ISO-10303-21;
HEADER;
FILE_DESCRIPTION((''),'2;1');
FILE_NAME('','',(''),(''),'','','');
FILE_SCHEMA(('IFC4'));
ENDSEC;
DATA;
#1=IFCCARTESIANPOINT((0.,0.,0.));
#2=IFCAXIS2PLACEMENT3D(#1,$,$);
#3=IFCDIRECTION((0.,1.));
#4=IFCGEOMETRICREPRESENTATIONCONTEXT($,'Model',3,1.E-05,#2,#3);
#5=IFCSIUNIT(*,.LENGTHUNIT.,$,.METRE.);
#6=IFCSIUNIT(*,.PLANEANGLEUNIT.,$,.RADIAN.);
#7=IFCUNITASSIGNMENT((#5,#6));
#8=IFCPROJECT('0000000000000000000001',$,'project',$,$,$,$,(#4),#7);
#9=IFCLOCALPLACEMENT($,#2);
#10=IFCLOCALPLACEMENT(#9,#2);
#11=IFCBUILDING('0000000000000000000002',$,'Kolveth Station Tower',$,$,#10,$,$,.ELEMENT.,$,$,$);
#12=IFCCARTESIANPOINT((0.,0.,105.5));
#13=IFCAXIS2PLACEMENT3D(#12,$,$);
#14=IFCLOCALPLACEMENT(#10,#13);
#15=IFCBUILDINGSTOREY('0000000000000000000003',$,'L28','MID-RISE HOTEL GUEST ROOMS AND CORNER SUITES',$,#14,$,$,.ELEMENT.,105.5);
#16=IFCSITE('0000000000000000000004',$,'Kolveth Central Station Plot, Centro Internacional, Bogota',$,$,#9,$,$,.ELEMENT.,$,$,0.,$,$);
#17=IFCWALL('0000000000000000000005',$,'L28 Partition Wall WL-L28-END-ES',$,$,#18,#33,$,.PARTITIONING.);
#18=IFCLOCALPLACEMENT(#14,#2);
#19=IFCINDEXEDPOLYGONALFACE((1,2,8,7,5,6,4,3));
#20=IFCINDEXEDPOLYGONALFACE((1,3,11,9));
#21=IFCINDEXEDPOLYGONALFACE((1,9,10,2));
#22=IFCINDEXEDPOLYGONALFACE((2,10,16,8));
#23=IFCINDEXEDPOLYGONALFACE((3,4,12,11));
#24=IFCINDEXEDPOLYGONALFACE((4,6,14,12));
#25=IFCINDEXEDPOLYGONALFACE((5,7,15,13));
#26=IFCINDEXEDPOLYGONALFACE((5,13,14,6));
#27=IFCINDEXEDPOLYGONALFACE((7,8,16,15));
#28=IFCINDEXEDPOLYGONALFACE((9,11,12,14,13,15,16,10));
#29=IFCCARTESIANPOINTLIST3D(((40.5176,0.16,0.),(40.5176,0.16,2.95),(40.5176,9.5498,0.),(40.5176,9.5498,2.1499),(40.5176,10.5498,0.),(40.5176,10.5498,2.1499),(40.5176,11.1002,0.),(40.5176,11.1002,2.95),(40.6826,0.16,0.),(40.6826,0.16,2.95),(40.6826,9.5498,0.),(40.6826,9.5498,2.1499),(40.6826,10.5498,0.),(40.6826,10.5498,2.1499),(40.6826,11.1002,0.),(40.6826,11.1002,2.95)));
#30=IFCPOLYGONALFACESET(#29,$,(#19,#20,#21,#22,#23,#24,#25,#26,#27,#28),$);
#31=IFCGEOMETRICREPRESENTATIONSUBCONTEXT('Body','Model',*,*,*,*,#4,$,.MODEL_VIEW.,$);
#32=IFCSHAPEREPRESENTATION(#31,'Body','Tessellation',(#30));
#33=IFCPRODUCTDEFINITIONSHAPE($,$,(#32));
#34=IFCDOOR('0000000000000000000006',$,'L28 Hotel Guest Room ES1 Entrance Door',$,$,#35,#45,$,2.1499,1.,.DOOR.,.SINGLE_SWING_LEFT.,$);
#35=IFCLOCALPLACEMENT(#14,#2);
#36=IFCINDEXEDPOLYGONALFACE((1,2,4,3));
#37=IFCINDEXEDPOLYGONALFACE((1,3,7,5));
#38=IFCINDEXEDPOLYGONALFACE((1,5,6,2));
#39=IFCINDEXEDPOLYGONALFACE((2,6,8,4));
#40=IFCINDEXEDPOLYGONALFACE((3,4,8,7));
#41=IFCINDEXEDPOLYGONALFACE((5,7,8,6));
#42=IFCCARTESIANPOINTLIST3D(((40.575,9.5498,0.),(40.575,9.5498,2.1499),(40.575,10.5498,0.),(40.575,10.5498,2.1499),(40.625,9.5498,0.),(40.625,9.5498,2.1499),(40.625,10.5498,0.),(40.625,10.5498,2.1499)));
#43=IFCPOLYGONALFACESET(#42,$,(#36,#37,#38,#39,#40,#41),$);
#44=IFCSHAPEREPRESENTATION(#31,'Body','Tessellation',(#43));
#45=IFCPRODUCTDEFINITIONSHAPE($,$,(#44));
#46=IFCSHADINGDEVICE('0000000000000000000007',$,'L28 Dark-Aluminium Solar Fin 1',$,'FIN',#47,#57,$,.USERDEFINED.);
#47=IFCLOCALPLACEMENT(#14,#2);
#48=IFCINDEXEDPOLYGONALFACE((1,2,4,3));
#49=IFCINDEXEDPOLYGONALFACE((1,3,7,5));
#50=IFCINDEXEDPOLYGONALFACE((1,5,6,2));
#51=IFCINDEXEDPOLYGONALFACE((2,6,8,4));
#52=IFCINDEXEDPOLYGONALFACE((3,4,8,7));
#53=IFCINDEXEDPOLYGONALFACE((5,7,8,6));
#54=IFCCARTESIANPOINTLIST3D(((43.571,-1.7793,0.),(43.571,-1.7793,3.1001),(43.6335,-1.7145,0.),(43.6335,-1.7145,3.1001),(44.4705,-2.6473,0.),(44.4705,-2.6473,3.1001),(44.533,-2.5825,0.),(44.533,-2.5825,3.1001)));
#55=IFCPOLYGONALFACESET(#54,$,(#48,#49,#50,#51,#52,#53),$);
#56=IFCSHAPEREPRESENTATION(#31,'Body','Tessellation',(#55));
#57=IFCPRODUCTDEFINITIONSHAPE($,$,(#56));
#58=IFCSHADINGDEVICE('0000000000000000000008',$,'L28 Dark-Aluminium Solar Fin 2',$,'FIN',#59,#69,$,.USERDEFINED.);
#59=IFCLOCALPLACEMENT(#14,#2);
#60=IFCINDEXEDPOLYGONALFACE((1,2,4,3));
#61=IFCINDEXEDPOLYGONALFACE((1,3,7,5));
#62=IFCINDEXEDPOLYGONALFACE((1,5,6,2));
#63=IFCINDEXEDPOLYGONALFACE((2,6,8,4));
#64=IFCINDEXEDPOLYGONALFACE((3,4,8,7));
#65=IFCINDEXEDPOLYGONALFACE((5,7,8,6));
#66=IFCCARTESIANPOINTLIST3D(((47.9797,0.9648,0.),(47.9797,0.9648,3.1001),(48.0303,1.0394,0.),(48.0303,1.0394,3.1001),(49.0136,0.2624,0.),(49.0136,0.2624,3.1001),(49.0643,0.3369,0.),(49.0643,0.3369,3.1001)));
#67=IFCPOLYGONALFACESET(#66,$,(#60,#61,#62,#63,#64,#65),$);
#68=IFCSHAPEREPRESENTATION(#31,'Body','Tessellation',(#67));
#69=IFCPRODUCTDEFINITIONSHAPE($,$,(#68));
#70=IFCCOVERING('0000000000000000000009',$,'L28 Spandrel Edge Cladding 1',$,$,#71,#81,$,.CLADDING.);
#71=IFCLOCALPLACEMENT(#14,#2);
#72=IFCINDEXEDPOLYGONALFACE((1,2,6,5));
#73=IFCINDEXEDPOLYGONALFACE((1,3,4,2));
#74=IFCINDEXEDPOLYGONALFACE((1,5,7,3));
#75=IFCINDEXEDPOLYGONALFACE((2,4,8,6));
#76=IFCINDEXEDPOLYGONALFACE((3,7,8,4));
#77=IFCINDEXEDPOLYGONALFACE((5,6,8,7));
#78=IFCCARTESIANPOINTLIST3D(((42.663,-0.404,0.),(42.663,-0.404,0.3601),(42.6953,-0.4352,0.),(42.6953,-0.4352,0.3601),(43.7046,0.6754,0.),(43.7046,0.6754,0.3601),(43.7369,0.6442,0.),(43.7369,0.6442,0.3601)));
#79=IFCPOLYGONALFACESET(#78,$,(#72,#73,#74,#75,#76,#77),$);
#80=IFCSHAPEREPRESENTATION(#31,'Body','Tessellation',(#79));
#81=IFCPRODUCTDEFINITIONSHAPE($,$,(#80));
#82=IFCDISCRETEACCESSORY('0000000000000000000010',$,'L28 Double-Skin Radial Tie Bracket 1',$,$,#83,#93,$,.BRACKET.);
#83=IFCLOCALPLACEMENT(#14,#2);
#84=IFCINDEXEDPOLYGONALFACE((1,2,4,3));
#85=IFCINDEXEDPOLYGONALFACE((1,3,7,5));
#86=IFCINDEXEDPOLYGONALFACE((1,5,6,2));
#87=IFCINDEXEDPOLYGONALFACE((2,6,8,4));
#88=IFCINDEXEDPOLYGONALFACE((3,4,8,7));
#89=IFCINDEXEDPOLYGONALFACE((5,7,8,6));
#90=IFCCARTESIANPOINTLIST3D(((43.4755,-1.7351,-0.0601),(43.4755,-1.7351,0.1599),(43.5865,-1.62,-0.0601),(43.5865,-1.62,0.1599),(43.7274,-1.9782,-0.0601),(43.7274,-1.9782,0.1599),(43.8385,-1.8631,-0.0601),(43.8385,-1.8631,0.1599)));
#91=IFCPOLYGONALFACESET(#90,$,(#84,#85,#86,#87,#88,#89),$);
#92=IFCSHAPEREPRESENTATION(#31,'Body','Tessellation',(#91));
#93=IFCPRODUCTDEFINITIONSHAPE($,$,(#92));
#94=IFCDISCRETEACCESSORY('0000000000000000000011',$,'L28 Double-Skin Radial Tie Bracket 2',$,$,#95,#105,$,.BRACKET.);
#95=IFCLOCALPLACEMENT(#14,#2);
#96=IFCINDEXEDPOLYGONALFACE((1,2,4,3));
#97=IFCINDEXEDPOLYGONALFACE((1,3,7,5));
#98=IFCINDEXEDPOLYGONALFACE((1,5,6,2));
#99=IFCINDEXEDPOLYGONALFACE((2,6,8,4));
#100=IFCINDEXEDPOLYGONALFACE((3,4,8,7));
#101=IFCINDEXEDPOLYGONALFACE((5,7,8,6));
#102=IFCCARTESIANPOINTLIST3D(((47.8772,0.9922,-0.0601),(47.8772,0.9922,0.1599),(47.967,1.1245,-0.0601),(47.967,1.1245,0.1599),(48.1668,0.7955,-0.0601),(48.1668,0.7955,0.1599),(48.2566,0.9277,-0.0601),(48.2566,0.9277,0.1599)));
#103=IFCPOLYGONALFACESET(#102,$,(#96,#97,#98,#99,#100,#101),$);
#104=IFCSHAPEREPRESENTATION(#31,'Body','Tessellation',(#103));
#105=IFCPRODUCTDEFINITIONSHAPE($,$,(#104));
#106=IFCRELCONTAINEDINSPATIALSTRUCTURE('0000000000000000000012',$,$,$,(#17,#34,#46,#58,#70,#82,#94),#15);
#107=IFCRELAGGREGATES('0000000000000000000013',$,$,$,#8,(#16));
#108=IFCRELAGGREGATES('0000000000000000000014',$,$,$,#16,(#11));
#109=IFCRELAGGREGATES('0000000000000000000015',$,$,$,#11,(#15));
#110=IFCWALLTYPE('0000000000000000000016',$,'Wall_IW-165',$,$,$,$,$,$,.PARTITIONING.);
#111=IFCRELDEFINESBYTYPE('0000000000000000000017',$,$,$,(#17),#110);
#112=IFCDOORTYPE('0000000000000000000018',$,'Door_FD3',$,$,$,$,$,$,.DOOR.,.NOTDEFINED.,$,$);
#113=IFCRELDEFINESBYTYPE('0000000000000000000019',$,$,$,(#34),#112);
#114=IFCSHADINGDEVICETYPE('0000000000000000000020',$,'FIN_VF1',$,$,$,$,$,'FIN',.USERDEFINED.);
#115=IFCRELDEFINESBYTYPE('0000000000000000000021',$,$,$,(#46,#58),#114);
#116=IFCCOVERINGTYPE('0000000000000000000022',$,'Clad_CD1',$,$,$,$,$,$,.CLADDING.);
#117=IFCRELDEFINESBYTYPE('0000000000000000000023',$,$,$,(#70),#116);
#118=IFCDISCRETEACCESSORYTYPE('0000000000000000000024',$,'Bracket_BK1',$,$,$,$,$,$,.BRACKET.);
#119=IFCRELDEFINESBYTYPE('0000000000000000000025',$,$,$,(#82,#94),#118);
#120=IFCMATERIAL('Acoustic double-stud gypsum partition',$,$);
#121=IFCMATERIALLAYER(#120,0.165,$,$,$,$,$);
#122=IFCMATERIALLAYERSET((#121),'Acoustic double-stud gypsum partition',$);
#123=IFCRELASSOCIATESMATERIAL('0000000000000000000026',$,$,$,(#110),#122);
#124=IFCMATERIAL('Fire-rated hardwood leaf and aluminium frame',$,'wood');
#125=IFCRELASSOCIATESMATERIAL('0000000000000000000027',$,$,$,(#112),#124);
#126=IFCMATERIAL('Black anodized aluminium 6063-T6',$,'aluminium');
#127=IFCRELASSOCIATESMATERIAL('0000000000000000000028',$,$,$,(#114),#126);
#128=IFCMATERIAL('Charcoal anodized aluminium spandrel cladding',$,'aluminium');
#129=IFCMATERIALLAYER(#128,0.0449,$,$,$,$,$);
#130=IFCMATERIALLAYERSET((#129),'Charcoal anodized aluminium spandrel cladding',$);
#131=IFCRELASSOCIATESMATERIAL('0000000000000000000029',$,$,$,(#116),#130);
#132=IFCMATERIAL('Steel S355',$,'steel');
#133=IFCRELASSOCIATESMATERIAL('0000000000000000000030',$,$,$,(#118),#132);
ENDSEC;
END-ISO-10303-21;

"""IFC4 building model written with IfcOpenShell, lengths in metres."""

from ifc_helpers import new_model, si_unit, direction, frame, frame_2d, origin, origin_2d, place, context, subcontext, project, spatial, rectangle, extrude, source, transform, mapped, material, layer, layer_set, type_object, element, fill, save


model = new_model("IFC4")

# Units and contexts
model_context = context("Model", 3, precision=1e-05, world=origin(), true_north=direction((0.0, 1.0)))
body_context = subcontext(model_context, "Body", "Model", "MODEL_VIEW")
ifc_project = project(units=[si_unit("LENGTHUNIT", "METRE"), si_unit("PLANEANGLEUNIT", "RADIAN")], contexts=[model_context])

# Site, building, storey
site_placement = place(None, origin())
site = spatial("IfcSite", under=ifc_project, at=site_placement, Name="Kolveth Central Station Plot, Centro Internacional, Bogota", CompositionType="ELEMENT", RefElevation=0.0)
building_placement = place(site_placement, origin())
building = spatial("IfcBuilding", under=site, at=building_placement, Name="Kolveth Station Tower", CompositionType="ELEMENT")
storey_placement = place(building_placement, frame((0.0, 0.0, 105.5)))
storey = spatial("IfcBuildingStorey", under=building, at=storey_placement, Name="L28", Description="MID-RISE HOTEL GUEST ROOMS AND CORNER SUITES", CompositionType="ELEMENT", Elevation=105.5)

# Shared definitions
ifc_material_1 = material(Name="Steel S355", Category="steel")

# Shared definitions
ifc_material_2 = material(Name="Black anodized aluminium 6063-T6", Category="aluminium")

# Wall, opening, door
ifc_material_3 = material(Name="Acoustic double-stud gypsum partition")
ifc_layer_1 = layer(ifc_material_3, 0.165)
ifc_layer_set_1 = layer_set([ifc_layer_1], Name="Acoustic double-stud gypsum partition")
wall_type = type_object("IfcWallType", Name="Wall_IW-165", PredefinedType="PARTITIONING", material=ifc_layer_set_1)
wall_placement = place(storey_placement, frame((40.6001, 0.1599, 0.0), z_axis=(0.0, 0.0, 1.0), x_axis=(0.0, 1.0, 0.0)))
wall = element("IfcWall", 1, at=wall_placement, inside=storey, type_object=wall_type, Name="L28 Partition Wall WL-L28-END-ES", PredefinedType="PARTITIONING", context=body_context, shape_type="SweptSolid", body=[
    extrude(rectangle(XDim=10.9402, YDim=0.165, at=frame_2d((5.4702, 0.0))), origin(), (0.0, 0.0, 1.0), 2.95),
])
opening_placement = place(wall_placement, frame((9.3899, 0.0, 0.0)))
opening = element("IfcOpeningElement", 2, at=opening_placement, cuts=wall, PredefinedType="OPENING", context=body_context, shape_type="SweptSolid", body=[
    extrude(rectangle(XDim=1.0, YDim=2.1499, at=frame_2d((0.5, 1.075))), frame((0.0, 0.0925, 0.0), z_axis=(0.0, -1.0, 0.0), x_axis=(1.0, 0.0, 0.0)), (0.0, 0.0, 1.0), 0.1851),
])
ifc_material_4 = material(Name="Fire-rated hardwood leaf and aluminium frame", Category="wood")
door_type = type_object("IfcDoorType", Name="Door_FD3", OperationType="NOTDEFINED", PredefinedType="DOOR", material=ifc_material_4)
door_placement = place(opening_placement, frame((1.0, 0.0, 0.0), z_axis=(0.0, 0.0, 1.0), x_axis=(-1.0, 0.0, 0.0)))
door = element("IfcDoor", 3, at=door_placement, inside=storey, type_object=door_type, Name="L28 Hotel Guest Room ES1 Entrance Door", OperationType="SINGLE_SWING_LEFT", OverallHeight=2.1499, OverallWidth=1.0, PredefinedType="DOOR", context=body_context, shape_type="SweptSolid", body=[
    extrude(rectangle(XDim=1.0, YDim=2.1499, at=frame_2d((0.5, 1.075))), frame((0.0, 0.0249, 0.0), z_axis=(0.0, -1.0, 0.0), x_axis=(1.0, 0.0, 0.0)), (0.0, 0.0, 1.0), 0.05),
])
fill(opening, door)

# Shading devices
shading_device_type = type_object("IfcShadingDeviceType", Name="FIN_VF1", ElementType="FIN", PredefinedType="USERDEFINED", material=ifc_material_2)
shared_shape_1 = source(origin(), body_context, "Body", "SweptSolid", [
    extrude(rectangle(XDim=1.25, YDim=0.0901, at=origin_2d()), origin(), (0.0, 0.0, 1.0), 3.1001),
])
for number, where, z_axis, x_axis, name in (
    (4, (44.052, -2.1809, 0.0), (0.0, 0.0, 1.0), (0.719582, -0.694407, 0.0), "L28 Dark-Aluminium Solar Fin 1"),
    (5, (48.522, 0.6509, 0.0), (0.0, 0.0, 1.0), (0.827179, -0.561939, 0.0), "L28 Dark-Aluminium Solar Fin 2"),
):
    element("IfcShadingDevice", number, at=place(storey_placement, frame(where, z_axis=z_axis, x_axis=x_axis)), inside=storey, type_object=shading_device_type, Name=name, ObjectType="FIN", PredefinedType="USERDEFINED", context=body_context, shape_type="MappedRepresentation", body=[
        mapped(shared_shape_1, transform((0.0, 0.0, 0.0), x_axis=(1.0, 0.0, 0.0), y_axis=(0.0, 1.0, 0.0), z_axis=(0.0, 0.0, 1.0), scale=1.0)),
    ])

# Covering
ifc_material_5 = material(Name="Charcoal anodized aluminium spandrel cladding", Category="aluminium")
ifc_layer_2 = layer(ifc_material_5, 0.0449)
ifc_layer_set_2 = layer_set([ifc_layer_2], Name="Charcoal anodized aluminium spandrel cladding")
covering_type = type_object("IfcCoveringType", Name="Clad_CD1", PredefinedType="CLADDING", material=ifc_layer_set_2)
shared_shape_2 = source(origin(), body_context, "Body", "SweptSolid", [
    extrude(rectangle(XDim=1.5, YDim=0.0449, at=origin_2d()), origin(), (0.0, 0.0, 1.0), 0.3601),
])
covering_placement = place(storey_placement, frame((43.2, 0.1201, 0.0), z_axis=(0.0, 0.0, 1.0), x_axis=(0.694407, 0.719582, 0.0)))
element("IfcCovering", 6, at=covering_placement, inside=storey, type_object=covering_type, Name="L28 Spandrel Edge Cladding 1", PredefinedType="CLADDING", context=body_context, shape_type="MappedRepresentation", body=[
    mapped(shared_shape_2, transform((0.0, 0.0, 0.0), x_axis=(1.0, 0.0, 0.0), y_axis=(0.0, 1.0, 0.0), z_axis=(0.0, 0.0, 1.0), scale=1.0)),
])

# Discrete accessories
discrete_accessory_type = type_object("IfcDiscreteAccessoryType", Name="Bracket_BK1", PredefinedType="BRACKET", material=ifc_material_1)
shared_shape_3 = source(origin(), body_context, "Body", "SweptSolid", [
    extrude(rectangle(XDim=0.3501, YDim=0.1599, at=origin_2d()), origin(), (0.0, 0.0, 1.0), 0.22),
])
for number, where, z_axis, x_axis, name in (
    (7, (43.657, -1.7991, -0.0601), (0.0, 0.0, 1.0), (0.719582, -0.694407, 0.0), "L28 Double-Skin Radial Tie Bracket 1"),
    (8, (48.0669, 0.96, -0.0601), (0.0, 0.0, 1.0), (0.827179, -0.561939, 0.0), "L28 Double-Skin Radial Tie Bracket 2"),
):
    element("IfcDiscreteAccessory", number, at=place(storey_placement, frame(where, z_axis=z_axis, x_axis=x_axis)), inside=storey, type_object=discrete_accessory_type, Name=name, PredefinedType="BRACKET", context=body_context, shape_type="MappedRepresentation", body=[
        mapped(shared_shape_3, transform((0.0, 0.0, 0.0), x_axis=(1.0, 0.0, 0.0), y_axis=(0.0, 1.0, 0.0), z_axis=(0.0, 0.0, 1.0), scale=1.0)),
    ])

save(model, "model.ifc")
